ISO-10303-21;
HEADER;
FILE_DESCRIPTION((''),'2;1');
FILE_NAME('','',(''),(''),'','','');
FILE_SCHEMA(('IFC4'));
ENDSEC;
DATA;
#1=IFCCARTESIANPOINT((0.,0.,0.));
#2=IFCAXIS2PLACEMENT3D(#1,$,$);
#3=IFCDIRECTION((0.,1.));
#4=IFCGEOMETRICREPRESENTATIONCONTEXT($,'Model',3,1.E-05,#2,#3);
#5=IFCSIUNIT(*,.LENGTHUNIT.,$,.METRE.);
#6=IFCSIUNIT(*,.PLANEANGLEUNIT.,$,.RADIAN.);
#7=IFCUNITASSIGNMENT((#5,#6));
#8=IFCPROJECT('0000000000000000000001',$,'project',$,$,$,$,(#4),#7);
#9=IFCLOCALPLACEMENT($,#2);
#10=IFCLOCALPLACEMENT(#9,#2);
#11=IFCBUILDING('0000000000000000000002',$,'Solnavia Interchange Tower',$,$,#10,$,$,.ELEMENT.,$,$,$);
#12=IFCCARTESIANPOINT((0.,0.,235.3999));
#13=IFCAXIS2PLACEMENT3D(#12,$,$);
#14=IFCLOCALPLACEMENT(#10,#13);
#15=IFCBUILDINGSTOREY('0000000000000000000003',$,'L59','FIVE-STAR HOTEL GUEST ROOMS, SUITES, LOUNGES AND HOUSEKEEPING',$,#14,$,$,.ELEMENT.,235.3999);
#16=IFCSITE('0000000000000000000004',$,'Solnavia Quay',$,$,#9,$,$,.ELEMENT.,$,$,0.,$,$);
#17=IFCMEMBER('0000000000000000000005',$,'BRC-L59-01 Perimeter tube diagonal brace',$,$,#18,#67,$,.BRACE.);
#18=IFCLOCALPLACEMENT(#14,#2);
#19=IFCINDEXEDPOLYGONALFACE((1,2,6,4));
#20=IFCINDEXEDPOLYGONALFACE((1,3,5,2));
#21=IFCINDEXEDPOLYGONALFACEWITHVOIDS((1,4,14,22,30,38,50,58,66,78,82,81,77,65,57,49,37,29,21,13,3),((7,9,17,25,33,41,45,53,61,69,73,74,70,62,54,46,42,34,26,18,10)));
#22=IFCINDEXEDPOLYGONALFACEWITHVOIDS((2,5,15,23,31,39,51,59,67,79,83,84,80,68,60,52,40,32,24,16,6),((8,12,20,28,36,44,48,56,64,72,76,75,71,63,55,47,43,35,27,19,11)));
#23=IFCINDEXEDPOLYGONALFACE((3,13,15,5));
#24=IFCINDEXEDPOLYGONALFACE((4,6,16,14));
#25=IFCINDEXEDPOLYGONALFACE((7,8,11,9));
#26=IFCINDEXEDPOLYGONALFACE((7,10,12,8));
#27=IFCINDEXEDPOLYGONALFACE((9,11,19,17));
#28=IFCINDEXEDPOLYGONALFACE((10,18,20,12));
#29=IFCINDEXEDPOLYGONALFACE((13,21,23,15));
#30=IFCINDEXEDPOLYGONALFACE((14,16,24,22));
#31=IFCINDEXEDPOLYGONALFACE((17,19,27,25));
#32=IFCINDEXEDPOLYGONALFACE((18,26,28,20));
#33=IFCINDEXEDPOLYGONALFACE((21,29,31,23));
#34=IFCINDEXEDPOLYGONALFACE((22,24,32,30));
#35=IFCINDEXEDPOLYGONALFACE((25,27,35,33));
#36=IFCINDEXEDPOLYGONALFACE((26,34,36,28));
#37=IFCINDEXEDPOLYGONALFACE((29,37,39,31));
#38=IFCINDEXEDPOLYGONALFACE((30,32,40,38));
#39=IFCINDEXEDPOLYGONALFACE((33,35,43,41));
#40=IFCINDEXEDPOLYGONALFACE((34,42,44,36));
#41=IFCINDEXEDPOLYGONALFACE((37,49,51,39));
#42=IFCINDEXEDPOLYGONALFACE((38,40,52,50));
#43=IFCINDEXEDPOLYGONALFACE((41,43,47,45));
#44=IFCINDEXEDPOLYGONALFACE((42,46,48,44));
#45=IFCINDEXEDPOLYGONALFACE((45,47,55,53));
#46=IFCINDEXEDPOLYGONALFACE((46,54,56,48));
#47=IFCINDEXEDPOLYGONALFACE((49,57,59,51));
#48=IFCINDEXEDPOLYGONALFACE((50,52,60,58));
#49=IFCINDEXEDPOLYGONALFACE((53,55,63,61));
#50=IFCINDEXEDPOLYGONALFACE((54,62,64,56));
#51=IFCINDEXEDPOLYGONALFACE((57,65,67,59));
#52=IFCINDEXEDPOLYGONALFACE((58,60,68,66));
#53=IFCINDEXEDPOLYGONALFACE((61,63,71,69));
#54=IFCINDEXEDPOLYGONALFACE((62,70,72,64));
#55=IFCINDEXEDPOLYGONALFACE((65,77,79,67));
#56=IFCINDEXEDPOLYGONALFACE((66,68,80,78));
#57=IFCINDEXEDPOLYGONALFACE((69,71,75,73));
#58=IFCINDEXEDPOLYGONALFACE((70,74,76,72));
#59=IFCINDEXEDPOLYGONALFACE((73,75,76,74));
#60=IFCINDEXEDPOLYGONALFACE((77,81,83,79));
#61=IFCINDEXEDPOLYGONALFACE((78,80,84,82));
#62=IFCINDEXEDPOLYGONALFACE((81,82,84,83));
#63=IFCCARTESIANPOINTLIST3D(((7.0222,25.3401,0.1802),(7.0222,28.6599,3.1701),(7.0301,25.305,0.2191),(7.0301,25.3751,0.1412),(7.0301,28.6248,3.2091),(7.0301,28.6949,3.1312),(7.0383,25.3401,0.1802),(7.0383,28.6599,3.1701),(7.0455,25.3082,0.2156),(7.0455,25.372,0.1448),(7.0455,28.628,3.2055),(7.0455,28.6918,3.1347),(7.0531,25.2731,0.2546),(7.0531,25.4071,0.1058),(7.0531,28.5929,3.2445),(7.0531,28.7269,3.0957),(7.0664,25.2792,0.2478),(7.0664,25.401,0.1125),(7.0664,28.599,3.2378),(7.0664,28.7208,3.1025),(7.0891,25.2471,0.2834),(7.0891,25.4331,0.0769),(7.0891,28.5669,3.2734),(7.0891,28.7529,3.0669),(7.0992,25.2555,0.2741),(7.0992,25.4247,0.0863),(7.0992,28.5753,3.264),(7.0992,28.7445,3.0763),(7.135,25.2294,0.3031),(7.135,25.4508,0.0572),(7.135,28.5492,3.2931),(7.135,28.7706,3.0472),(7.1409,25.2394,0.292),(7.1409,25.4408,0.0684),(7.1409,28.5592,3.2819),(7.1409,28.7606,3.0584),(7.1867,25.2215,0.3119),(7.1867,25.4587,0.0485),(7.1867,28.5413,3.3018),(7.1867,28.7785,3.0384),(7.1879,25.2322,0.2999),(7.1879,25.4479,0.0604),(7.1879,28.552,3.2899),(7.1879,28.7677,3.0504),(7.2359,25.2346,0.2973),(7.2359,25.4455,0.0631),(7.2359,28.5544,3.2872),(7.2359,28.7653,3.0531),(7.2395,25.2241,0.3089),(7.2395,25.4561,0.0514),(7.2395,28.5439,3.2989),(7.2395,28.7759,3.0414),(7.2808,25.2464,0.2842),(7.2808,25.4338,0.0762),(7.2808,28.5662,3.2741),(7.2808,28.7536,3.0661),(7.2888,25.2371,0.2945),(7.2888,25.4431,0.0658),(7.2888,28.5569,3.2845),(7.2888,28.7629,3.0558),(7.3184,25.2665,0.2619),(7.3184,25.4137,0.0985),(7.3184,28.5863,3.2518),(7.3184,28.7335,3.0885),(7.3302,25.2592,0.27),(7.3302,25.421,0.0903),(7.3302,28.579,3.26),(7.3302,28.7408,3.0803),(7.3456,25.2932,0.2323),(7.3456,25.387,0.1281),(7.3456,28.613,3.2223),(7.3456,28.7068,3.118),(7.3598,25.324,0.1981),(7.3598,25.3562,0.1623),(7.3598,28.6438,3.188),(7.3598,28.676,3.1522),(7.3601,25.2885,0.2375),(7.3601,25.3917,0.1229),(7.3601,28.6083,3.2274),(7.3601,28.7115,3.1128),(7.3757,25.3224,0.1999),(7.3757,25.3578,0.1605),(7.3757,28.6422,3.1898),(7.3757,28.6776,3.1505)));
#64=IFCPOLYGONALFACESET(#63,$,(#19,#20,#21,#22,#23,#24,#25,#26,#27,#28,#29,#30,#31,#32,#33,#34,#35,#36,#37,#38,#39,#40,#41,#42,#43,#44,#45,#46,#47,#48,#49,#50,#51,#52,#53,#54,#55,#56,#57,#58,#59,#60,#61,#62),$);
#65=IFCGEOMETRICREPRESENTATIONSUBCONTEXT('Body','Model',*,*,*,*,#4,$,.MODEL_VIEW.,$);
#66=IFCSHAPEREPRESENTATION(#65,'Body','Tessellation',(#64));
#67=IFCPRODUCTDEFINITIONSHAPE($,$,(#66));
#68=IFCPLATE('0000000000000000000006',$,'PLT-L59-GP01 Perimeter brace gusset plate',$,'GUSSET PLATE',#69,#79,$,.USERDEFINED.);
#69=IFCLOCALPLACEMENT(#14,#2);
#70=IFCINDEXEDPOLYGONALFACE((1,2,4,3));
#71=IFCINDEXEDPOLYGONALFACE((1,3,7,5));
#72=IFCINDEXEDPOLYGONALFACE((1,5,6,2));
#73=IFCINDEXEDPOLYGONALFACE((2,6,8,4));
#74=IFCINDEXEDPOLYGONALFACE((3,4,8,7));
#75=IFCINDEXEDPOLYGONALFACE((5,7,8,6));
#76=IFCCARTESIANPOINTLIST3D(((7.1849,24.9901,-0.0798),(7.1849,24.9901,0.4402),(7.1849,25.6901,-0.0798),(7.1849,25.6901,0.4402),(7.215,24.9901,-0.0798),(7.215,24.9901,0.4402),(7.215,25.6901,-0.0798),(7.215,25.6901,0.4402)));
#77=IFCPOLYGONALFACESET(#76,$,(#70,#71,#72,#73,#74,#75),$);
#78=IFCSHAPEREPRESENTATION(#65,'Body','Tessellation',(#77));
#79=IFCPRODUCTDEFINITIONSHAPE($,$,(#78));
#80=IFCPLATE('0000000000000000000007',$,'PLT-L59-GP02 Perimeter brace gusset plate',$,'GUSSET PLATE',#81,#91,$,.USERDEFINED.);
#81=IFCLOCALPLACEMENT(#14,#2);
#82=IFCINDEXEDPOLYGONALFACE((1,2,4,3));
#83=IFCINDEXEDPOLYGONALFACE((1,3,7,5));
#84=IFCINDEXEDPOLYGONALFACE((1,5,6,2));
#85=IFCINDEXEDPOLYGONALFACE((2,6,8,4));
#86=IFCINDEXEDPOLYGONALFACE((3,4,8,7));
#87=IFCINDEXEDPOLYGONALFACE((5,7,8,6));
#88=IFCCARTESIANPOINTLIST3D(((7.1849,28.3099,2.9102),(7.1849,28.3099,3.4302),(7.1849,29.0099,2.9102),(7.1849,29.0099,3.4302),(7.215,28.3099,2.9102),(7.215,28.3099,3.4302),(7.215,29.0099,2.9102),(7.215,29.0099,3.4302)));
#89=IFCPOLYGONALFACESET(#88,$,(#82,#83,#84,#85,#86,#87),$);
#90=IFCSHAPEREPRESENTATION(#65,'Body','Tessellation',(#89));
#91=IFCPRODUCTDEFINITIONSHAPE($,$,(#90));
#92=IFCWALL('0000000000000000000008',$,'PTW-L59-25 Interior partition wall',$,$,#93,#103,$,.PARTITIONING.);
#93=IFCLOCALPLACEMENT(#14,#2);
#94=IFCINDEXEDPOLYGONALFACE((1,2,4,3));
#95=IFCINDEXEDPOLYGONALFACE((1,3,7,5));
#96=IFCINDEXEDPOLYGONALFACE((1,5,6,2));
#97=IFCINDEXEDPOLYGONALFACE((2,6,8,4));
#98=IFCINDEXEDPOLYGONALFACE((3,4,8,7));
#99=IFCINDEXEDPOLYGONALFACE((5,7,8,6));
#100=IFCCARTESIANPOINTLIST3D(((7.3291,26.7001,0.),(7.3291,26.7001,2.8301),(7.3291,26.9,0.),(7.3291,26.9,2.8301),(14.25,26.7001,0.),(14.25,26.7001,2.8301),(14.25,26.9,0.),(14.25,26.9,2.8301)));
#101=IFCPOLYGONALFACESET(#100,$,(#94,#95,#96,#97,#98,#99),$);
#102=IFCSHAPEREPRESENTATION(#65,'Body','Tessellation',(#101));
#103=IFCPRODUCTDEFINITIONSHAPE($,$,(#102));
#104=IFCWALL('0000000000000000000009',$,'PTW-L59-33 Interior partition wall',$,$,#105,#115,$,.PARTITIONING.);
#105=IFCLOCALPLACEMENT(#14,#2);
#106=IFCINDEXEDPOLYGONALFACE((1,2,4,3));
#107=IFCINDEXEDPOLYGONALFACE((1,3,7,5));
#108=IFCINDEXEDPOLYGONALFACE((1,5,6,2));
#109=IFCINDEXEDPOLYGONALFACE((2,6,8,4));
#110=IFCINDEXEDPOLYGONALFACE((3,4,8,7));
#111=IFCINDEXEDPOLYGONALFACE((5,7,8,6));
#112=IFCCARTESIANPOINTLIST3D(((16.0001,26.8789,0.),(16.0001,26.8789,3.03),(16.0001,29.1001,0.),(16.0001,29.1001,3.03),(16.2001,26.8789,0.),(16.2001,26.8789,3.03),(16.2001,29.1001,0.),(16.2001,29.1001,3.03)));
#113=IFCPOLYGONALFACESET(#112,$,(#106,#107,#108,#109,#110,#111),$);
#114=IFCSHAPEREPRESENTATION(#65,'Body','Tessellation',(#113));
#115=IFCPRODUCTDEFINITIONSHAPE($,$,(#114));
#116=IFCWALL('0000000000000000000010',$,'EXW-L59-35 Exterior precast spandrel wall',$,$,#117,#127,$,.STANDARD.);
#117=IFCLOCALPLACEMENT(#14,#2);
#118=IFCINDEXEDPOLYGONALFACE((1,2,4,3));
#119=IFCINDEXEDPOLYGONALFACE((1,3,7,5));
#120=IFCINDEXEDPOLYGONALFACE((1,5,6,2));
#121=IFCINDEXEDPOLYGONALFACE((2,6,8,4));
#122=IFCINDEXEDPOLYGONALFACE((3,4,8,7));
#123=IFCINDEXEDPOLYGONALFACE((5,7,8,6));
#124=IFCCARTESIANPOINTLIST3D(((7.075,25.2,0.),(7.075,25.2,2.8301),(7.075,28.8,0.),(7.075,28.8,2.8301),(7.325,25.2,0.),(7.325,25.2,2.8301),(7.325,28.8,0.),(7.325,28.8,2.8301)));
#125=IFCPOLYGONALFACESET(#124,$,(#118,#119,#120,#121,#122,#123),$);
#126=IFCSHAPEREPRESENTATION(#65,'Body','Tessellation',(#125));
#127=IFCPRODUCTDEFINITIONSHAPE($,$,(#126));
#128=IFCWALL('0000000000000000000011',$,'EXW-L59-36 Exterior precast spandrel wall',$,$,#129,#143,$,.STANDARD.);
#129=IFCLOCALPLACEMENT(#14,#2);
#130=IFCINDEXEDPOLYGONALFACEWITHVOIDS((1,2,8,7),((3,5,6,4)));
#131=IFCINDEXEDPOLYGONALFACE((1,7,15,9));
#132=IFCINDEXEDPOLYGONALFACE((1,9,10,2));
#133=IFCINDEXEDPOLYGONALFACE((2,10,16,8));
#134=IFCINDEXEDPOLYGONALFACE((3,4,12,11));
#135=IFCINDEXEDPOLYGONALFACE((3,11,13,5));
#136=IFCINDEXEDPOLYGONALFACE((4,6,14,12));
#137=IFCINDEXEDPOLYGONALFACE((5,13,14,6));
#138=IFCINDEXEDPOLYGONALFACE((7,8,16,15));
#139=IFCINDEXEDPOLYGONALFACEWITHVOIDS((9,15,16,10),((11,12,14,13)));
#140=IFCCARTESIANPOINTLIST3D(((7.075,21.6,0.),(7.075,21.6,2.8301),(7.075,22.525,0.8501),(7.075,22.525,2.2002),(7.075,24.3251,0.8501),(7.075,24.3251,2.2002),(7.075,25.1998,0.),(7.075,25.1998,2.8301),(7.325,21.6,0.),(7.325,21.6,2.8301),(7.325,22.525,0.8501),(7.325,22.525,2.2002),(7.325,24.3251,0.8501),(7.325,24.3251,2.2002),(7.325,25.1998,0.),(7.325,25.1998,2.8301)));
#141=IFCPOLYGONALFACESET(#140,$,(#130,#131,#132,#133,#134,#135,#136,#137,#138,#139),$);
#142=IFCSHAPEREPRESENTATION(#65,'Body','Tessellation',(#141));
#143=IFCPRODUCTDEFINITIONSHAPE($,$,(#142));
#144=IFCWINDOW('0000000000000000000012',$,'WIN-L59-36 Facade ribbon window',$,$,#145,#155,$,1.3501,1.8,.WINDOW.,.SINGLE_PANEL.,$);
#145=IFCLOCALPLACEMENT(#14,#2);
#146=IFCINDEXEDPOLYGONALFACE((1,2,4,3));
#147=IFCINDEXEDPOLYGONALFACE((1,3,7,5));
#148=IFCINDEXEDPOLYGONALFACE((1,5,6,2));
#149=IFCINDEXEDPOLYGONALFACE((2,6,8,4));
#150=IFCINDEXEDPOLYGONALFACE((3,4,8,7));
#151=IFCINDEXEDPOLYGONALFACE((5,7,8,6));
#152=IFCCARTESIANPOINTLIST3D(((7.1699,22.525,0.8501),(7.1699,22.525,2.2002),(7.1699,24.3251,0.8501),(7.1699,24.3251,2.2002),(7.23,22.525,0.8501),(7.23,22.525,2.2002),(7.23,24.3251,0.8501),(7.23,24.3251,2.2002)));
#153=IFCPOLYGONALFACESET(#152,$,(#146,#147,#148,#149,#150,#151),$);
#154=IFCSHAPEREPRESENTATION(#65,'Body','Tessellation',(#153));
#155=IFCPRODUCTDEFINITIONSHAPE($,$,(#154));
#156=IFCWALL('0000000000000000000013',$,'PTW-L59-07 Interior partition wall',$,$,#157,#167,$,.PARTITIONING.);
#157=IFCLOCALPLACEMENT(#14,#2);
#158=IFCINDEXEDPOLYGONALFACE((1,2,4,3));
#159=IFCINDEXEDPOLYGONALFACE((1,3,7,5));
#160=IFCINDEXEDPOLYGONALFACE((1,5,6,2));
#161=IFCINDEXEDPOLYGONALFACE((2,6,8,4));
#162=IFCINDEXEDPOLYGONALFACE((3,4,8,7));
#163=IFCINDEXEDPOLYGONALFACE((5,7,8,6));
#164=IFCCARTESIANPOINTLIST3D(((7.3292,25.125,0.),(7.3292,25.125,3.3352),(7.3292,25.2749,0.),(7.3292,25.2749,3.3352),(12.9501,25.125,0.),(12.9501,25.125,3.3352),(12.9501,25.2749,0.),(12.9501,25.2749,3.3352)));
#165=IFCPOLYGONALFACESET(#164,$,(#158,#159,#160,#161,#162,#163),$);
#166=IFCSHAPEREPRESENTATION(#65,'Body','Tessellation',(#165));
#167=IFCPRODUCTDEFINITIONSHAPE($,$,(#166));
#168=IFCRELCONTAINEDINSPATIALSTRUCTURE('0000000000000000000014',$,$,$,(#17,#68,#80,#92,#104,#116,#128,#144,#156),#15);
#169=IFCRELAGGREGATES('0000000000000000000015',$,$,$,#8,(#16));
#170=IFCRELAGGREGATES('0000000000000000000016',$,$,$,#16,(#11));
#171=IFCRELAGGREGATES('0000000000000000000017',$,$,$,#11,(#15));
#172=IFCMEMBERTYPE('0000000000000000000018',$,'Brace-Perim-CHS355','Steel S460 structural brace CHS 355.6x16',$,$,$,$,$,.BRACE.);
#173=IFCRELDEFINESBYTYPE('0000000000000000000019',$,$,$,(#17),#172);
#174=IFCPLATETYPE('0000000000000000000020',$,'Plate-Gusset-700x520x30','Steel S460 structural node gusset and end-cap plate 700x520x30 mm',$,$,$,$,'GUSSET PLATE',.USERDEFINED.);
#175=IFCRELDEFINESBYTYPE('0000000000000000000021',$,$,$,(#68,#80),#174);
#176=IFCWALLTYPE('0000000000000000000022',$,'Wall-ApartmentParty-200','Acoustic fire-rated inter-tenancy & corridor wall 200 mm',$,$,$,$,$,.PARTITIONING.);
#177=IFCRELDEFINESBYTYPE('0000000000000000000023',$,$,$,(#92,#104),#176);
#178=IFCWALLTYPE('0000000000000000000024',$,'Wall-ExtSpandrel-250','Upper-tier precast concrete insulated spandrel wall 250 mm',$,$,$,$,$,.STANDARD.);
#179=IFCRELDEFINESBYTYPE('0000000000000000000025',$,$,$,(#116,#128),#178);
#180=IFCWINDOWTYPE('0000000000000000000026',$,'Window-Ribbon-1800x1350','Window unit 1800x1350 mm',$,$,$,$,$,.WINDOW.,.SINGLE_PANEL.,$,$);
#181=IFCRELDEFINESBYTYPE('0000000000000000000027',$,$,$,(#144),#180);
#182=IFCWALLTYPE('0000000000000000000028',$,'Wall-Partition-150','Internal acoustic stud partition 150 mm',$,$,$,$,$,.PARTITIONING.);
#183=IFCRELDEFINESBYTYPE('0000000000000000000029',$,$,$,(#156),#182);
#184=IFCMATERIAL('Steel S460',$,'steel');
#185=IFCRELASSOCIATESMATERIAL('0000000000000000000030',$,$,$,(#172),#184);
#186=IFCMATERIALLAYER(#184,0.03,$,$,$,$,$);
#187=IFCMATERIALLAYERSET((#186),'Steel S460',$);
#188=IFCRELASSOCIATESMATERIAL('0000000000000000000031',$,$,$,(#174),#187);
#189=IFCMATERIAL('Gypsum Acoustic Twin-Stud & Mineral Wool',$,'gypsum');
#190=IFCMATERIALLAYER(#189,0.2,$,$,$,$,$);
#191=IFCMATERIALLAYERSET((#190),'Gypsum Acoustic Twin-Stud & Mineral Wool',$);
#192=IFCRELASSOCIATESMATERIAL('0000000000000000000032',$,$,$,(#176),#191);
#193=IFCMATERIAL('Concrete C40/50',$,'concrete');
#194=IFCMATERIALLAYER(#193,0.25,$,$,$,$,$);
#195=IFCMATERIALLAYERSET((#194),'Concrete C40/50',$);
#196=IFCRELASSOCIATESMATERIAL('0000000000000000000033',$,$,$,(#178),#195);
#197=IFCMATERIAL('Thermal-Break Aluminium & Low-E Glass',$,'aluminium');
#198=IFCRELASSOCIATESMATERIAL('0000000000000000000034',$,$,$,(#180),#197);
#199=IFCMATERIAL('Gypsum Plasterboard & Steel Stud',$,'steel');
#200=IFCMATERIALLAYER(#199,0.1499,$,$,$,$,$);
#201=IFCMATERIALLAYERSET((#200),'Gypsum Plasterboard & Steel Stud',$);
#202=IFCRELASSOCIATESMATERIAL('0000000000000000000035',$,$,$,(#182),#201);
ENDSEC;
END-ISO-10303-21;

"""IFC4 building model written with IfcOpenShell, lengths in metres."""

from ifc_helpers import new_model, si_unit, direction, frame, frame_2d, origin, origin_2d, place, context, subcontext, project, spatial, rectangle, hollow_circle, extrude, material, layer, layer_set, material_profile, profile_set, type_object, element, fill, save


model = new_model("IFC4")

# Units and contexts
model_context = context("Model", 3, precision=1e-05, world=origin(), true_north=direction((0.0, 1.0)))
body_context = subcontext(model_context, "Body", "Model", "MODEL_VIEW")
ifc_project = project(units=[si_unit("LENGTHUNIT", "METRE"), si_unit("PLANEANGLEUNIT", "RADIAN")], contexts=[model_context])

# Site, building, storey
site_placement = place(None, origin())
site = spatial("IfcSite", under=ifc_project, at=site_placement, Name="Solnavia Quay", CompositionType="ELEMENT", RefElevation=0.0)
building_placement = place(site_placement, origin())
building = spatial("IfcBuilding", under=site, at=building_placement, Name="Solnavia Interchange Tower", CompositionType="ELEMENT")
storey_placement = place(building_placement, frame((0.0, 0.0, 235.3999)))
storey = spatial("IfcBuildingStorey", under=building, at=storey_placement, Name="L59", Description="FIVE-STAR HOTEL GUEST ROOMS, SUITES, LOUNGES AND HOUSEKEEPING", CompositionType="ELEMENT", Elevation=235.3999)

# Shared definitions
ifc_material_1 = material(Name="Steel S460", Category="steel")

# Member
ifc_material_profile_1 = material_profile(ifc_material_1, hollow_circle(Radius=0.1777, WallThickness=0.0161, at=origin_2d()), Name="CHS 355.6x16")
ifc_profile_set_1 = profile_set([ifc_material_profile_1], Name="Steel S460")
member_type = type_object("IfcMemberType", Name="Brace-Perim-CHS355", Description="Steel S460 structural brace CHS 355.6x16", PredefinedType="BRACE", material=ifc_profile_set_1)
member_placement = place(storey_placement, frame((7.2, 25.3401, 0.1802), z_axis=(0.0, 0.743055, 0.66923), x_axis=(-1.0, 0.0, 0.0)))
element("IfcMember", 1, at=member_placement, inside=storey, type_object=member_type, Name="BRC-L59-01 Perimeter tube diagonal brace", PredefinedType="BRACE", context=body_context, shape_type="SweptSolid", body=[
    extrude(hollow_circle(Radius=0.1777, WallThickness=0.0161, at=origin_2d()), origin(), (0.0, 0.0, 1.0), 4.4678),
])

# Plates
ifc_layer_1 = layer(ifc_material_1, 0.03)
ifc_layer_set_1 = layer_set([ifc_layer_1], Name="Steel S460")
plate_type = type_object("IfcPlateType", Name="Plate-Gusset-700x520x30", Description="Steel S460 structural node gusset and end-cap plate 700x520x30 mm", ElementType="GUSSET PLATE", PredefinedType="USERDEFINED", material=ifc_layer_set_1)
for number, where, z_axis, x_axis, name in (
    (2, (7.2, 25.3401, -0.0798), (0.0, 0.0, 1.0), (0.0, 1.0, 0.0), "PLT-L59-GP01 Perimeter brace gusset plate"),
    (3, (7.2, 28.6599, 2.9102), (0.0, 0.0, 1.0), (0.0, 1.0, 0.0), "PLT-L59-GP02 Perimeter brace gusset plate"),
):
    element("IfcPlate", number, at=place(storey_placement, frame(where, z_axis=z_axis, x_axis=x_axis)), inside=storey, type_object=plate_type, Name=name, ObjectType="GUSSET PLATE", PredefinedType="USERDEFINED", context=body_context, shape_type="SweptSolid", body=[
        extrude(rectangle(XDim=0.7, YDim=0.03, at=origin_2d()), origin(), (0.0, 0.0, 1.0), 0.52),
    ])

# Walls
ifc_material_2 = material(Name="Gypsum Acoustic Twin-Stud & Mineral Wool", Category="gypsum")
ifc_layer_2 = layer(ifc_material_2, 0.2)
ifc_layer_set_2 = layer_set([ifc_layer_2], Name="Gypsum Acoustic Twin-Stud & Mineral Wool")
wall_type_1 = type_object("IfcWallType", Name="Wall-ApartmentParty-200", Description="Acoustic fire-rated inter-tenancy & corridor wall 200 mm", PredefinedType="PARTITIONING", material=ifc_layer_set_2)
wall_1_placement = place(storey_placement, frame((7.3291, 26.8, 0.0), z_axis=(0.0, 0.0, 1.0), x_axis=(1.0, 0.0, 0.0)))
element("IfcWall", 4, at=wall_1_placement, inside=storey, type_object=wall_type_1, Name="PTW-L59-25 Interior partition wall", PredefinedType="PARTITIONING", context=body_context, shape_type="SweptSolid", body=[
    extrude(rectangle(XDim=6.9209, YDim=0.2, at=frame_2d((3.4604, 0.0))), origin(), (0.0, 0.0, 1.0), 2.8301),
])
wall_2_placement = place(storey_placement, frame((16.1001, 26.8789, 0.0), z_axis=(0.0, 0.0, 1.0), x_axis=(0.0, 1.0, 0.0)))
element("IfcWall", 5, at=wall_2_placement, inside=storey, type_object=wall_type_1, Name="PTW-L59-33 Interior partition wall", PredefinedType="PARTITIONING", context=body_context, shape_type="SweptSolid", body=[
    extrude(rectangle(XDim=2.2212, YDim=0.2, at=frame_2d((1.1106, 0.0))), origin(), (0.0, 0.0, 1.0), 3.03),
])
ifc_material_3 = material(Name="Concrete C40/50", Category="concrete")
ifc_layer_3 = layer(ifc_material_3, 0.25)
ifc_layer_set_3 = layer_set([ifc_layer_3], Name="Concrete C40/50")
wall_type_2 = type_object("IfcWallType", Name="Wall-ExtSpandrel-250", Description="Upper-tier precast concrete insulated spandrel wall 250 mm", PredefinedType="STANDARD", material=ifc_layer_set_3)
wall_3_placement = place(storey_placement, frame((7.2, 25.2, 0.0), z_axis=(0.0, 0.0, 1.0), x_axis=(0.0, 1.0, 0.0)))
element("IfcWall", 6, at=wall_3_placement, inside=storey, type_object=wall_type_2, Name="EXW-L59-35 Exterior precast spandrel wall", PredefinedType="STANDARD", context=body_context, shape_type="SweptSolid", body=[
    extrude(rectangle(XDim=3.6001, YDim=0.25, at=frame_2d((1.8, 0.0))), origin(), (0.0, 0.0, 1.0), 2.8301),
])

# Wall, opening, window
wall_4_placement = place(storey_placement, frame((7.2, 21.6001, 0.0), z_axis=(0.0, 0.0, 1.0), x_axis=(0.0, 1.0, 0.0)))
wall_4 = element("IfcWall", 7, at=wall_4_placement, inside=storey, type_object=wall_type_2, Name="EXW-L59-36 Exterior precast spandrel wall", PredefinedType="STANDARD", context=body_context, shape_type="SweptSolid", body=[
    extrude(rectangle(XDim=3.5999, YDim=0.25, at=frame_2d((1.7998, 0.0))), origin(), (0.0, 0.0, 1.0), 2.8301),
])
opening_1_placement = place(wall_4_placement, frame((0.925, 0.0, 0.8501)))
opening_1 = element("IfcOpeningElement", 8, at=opening_1_placement, cuts=wall_4, PredefinedType="OPENING", context=body_context, shape_type="SweptSolid", body=[
    extrude(rectangle(XDim=1.8, YDim=1.3501, at=frame_2d((0.8999, 0.675))), frame((0.0, 0.135, 0.0), z_axis=(0.0, -1.0, 0.0), x_axis=(1.0, 0.0, 0.0)), (0.0, 0.0, 1.0), 0.27),
])
ifc_material_4 = material(Name="Thermal-Break Aluminium & Low-E Glass", Category="aluminium")
window_type = type_object("IfcWindowType", Name="Window-Ribbon-1800x1350", Description="Window unit 1800x1350 mm", PartitioningType="SINGLE_PANEL", PredefinedType="WINDOW", material=ifc_material_4)
window_placement = place(opening_1_placement, origin())
window = element("IfcWindow", 9, at=window_placement, inside=storey, type_object=window_type, Name="WIN-L59-36 Facade ribbon window", OverallHeight=1.3501, OverallWidth=1.8, PartitioningType="SINGLE_PANEL", PredefinedType="WINDOW", context=body_context, shape_type="SweptSolid", body=[
    extrude(rectangle(XDim=1.8, YDim=1.3501, at=frame_2d((0.8999, 0.675))), frame((0.0, 0.03, 0.0), z_axis=(0.0, -1.0, 0.0), x_axis=(1.0, 0.0, 0.0)), (0.0, 0.0, 1.0), 0.0601),
])
fill(opening_1, window)

# Wall
ifc_material_5 = material(Name="Gypsum Plasterboard & Steel Stud", Category="steel")
ifc_layer_4 = layer(ifc_material_5, 0.1499)
ifc_layer_set_4 = layer_set([ifc_layer_4], Name="Gypsum Plasterboard & Steel Stud")
wall_type_3 = type_object("IfcWallType", Name="Wall-Partition-150", Description="Internal acoustic stud partition 150 mm", PredefinedType="PARTITIONING", material=ifc_layer_set_4)
wall_5_placement = place(storey_placement, frame((7.3291, 25.2, 0.0), z_axis=(0.0, 0.0, 1.0), x_axis=(1.0, 0.0, 0.0)))
element("IfcWall", 10, at=wall_5_placement, inside=storey, type_object=wall_type_3, Name="PTW-L59-07 Interior partition wall", PredefinedType="PARTITIONING", context=body_context, shape_type="SweptSolid", body=[
    extrude(rectangle(XDim=5.6208, YDim=0.1499, at=frame_2d((2.8105, 0.0))), origin(), (0.0, 0.0, 1.0), 3.3352),
])

save(model, "model.ifc")
